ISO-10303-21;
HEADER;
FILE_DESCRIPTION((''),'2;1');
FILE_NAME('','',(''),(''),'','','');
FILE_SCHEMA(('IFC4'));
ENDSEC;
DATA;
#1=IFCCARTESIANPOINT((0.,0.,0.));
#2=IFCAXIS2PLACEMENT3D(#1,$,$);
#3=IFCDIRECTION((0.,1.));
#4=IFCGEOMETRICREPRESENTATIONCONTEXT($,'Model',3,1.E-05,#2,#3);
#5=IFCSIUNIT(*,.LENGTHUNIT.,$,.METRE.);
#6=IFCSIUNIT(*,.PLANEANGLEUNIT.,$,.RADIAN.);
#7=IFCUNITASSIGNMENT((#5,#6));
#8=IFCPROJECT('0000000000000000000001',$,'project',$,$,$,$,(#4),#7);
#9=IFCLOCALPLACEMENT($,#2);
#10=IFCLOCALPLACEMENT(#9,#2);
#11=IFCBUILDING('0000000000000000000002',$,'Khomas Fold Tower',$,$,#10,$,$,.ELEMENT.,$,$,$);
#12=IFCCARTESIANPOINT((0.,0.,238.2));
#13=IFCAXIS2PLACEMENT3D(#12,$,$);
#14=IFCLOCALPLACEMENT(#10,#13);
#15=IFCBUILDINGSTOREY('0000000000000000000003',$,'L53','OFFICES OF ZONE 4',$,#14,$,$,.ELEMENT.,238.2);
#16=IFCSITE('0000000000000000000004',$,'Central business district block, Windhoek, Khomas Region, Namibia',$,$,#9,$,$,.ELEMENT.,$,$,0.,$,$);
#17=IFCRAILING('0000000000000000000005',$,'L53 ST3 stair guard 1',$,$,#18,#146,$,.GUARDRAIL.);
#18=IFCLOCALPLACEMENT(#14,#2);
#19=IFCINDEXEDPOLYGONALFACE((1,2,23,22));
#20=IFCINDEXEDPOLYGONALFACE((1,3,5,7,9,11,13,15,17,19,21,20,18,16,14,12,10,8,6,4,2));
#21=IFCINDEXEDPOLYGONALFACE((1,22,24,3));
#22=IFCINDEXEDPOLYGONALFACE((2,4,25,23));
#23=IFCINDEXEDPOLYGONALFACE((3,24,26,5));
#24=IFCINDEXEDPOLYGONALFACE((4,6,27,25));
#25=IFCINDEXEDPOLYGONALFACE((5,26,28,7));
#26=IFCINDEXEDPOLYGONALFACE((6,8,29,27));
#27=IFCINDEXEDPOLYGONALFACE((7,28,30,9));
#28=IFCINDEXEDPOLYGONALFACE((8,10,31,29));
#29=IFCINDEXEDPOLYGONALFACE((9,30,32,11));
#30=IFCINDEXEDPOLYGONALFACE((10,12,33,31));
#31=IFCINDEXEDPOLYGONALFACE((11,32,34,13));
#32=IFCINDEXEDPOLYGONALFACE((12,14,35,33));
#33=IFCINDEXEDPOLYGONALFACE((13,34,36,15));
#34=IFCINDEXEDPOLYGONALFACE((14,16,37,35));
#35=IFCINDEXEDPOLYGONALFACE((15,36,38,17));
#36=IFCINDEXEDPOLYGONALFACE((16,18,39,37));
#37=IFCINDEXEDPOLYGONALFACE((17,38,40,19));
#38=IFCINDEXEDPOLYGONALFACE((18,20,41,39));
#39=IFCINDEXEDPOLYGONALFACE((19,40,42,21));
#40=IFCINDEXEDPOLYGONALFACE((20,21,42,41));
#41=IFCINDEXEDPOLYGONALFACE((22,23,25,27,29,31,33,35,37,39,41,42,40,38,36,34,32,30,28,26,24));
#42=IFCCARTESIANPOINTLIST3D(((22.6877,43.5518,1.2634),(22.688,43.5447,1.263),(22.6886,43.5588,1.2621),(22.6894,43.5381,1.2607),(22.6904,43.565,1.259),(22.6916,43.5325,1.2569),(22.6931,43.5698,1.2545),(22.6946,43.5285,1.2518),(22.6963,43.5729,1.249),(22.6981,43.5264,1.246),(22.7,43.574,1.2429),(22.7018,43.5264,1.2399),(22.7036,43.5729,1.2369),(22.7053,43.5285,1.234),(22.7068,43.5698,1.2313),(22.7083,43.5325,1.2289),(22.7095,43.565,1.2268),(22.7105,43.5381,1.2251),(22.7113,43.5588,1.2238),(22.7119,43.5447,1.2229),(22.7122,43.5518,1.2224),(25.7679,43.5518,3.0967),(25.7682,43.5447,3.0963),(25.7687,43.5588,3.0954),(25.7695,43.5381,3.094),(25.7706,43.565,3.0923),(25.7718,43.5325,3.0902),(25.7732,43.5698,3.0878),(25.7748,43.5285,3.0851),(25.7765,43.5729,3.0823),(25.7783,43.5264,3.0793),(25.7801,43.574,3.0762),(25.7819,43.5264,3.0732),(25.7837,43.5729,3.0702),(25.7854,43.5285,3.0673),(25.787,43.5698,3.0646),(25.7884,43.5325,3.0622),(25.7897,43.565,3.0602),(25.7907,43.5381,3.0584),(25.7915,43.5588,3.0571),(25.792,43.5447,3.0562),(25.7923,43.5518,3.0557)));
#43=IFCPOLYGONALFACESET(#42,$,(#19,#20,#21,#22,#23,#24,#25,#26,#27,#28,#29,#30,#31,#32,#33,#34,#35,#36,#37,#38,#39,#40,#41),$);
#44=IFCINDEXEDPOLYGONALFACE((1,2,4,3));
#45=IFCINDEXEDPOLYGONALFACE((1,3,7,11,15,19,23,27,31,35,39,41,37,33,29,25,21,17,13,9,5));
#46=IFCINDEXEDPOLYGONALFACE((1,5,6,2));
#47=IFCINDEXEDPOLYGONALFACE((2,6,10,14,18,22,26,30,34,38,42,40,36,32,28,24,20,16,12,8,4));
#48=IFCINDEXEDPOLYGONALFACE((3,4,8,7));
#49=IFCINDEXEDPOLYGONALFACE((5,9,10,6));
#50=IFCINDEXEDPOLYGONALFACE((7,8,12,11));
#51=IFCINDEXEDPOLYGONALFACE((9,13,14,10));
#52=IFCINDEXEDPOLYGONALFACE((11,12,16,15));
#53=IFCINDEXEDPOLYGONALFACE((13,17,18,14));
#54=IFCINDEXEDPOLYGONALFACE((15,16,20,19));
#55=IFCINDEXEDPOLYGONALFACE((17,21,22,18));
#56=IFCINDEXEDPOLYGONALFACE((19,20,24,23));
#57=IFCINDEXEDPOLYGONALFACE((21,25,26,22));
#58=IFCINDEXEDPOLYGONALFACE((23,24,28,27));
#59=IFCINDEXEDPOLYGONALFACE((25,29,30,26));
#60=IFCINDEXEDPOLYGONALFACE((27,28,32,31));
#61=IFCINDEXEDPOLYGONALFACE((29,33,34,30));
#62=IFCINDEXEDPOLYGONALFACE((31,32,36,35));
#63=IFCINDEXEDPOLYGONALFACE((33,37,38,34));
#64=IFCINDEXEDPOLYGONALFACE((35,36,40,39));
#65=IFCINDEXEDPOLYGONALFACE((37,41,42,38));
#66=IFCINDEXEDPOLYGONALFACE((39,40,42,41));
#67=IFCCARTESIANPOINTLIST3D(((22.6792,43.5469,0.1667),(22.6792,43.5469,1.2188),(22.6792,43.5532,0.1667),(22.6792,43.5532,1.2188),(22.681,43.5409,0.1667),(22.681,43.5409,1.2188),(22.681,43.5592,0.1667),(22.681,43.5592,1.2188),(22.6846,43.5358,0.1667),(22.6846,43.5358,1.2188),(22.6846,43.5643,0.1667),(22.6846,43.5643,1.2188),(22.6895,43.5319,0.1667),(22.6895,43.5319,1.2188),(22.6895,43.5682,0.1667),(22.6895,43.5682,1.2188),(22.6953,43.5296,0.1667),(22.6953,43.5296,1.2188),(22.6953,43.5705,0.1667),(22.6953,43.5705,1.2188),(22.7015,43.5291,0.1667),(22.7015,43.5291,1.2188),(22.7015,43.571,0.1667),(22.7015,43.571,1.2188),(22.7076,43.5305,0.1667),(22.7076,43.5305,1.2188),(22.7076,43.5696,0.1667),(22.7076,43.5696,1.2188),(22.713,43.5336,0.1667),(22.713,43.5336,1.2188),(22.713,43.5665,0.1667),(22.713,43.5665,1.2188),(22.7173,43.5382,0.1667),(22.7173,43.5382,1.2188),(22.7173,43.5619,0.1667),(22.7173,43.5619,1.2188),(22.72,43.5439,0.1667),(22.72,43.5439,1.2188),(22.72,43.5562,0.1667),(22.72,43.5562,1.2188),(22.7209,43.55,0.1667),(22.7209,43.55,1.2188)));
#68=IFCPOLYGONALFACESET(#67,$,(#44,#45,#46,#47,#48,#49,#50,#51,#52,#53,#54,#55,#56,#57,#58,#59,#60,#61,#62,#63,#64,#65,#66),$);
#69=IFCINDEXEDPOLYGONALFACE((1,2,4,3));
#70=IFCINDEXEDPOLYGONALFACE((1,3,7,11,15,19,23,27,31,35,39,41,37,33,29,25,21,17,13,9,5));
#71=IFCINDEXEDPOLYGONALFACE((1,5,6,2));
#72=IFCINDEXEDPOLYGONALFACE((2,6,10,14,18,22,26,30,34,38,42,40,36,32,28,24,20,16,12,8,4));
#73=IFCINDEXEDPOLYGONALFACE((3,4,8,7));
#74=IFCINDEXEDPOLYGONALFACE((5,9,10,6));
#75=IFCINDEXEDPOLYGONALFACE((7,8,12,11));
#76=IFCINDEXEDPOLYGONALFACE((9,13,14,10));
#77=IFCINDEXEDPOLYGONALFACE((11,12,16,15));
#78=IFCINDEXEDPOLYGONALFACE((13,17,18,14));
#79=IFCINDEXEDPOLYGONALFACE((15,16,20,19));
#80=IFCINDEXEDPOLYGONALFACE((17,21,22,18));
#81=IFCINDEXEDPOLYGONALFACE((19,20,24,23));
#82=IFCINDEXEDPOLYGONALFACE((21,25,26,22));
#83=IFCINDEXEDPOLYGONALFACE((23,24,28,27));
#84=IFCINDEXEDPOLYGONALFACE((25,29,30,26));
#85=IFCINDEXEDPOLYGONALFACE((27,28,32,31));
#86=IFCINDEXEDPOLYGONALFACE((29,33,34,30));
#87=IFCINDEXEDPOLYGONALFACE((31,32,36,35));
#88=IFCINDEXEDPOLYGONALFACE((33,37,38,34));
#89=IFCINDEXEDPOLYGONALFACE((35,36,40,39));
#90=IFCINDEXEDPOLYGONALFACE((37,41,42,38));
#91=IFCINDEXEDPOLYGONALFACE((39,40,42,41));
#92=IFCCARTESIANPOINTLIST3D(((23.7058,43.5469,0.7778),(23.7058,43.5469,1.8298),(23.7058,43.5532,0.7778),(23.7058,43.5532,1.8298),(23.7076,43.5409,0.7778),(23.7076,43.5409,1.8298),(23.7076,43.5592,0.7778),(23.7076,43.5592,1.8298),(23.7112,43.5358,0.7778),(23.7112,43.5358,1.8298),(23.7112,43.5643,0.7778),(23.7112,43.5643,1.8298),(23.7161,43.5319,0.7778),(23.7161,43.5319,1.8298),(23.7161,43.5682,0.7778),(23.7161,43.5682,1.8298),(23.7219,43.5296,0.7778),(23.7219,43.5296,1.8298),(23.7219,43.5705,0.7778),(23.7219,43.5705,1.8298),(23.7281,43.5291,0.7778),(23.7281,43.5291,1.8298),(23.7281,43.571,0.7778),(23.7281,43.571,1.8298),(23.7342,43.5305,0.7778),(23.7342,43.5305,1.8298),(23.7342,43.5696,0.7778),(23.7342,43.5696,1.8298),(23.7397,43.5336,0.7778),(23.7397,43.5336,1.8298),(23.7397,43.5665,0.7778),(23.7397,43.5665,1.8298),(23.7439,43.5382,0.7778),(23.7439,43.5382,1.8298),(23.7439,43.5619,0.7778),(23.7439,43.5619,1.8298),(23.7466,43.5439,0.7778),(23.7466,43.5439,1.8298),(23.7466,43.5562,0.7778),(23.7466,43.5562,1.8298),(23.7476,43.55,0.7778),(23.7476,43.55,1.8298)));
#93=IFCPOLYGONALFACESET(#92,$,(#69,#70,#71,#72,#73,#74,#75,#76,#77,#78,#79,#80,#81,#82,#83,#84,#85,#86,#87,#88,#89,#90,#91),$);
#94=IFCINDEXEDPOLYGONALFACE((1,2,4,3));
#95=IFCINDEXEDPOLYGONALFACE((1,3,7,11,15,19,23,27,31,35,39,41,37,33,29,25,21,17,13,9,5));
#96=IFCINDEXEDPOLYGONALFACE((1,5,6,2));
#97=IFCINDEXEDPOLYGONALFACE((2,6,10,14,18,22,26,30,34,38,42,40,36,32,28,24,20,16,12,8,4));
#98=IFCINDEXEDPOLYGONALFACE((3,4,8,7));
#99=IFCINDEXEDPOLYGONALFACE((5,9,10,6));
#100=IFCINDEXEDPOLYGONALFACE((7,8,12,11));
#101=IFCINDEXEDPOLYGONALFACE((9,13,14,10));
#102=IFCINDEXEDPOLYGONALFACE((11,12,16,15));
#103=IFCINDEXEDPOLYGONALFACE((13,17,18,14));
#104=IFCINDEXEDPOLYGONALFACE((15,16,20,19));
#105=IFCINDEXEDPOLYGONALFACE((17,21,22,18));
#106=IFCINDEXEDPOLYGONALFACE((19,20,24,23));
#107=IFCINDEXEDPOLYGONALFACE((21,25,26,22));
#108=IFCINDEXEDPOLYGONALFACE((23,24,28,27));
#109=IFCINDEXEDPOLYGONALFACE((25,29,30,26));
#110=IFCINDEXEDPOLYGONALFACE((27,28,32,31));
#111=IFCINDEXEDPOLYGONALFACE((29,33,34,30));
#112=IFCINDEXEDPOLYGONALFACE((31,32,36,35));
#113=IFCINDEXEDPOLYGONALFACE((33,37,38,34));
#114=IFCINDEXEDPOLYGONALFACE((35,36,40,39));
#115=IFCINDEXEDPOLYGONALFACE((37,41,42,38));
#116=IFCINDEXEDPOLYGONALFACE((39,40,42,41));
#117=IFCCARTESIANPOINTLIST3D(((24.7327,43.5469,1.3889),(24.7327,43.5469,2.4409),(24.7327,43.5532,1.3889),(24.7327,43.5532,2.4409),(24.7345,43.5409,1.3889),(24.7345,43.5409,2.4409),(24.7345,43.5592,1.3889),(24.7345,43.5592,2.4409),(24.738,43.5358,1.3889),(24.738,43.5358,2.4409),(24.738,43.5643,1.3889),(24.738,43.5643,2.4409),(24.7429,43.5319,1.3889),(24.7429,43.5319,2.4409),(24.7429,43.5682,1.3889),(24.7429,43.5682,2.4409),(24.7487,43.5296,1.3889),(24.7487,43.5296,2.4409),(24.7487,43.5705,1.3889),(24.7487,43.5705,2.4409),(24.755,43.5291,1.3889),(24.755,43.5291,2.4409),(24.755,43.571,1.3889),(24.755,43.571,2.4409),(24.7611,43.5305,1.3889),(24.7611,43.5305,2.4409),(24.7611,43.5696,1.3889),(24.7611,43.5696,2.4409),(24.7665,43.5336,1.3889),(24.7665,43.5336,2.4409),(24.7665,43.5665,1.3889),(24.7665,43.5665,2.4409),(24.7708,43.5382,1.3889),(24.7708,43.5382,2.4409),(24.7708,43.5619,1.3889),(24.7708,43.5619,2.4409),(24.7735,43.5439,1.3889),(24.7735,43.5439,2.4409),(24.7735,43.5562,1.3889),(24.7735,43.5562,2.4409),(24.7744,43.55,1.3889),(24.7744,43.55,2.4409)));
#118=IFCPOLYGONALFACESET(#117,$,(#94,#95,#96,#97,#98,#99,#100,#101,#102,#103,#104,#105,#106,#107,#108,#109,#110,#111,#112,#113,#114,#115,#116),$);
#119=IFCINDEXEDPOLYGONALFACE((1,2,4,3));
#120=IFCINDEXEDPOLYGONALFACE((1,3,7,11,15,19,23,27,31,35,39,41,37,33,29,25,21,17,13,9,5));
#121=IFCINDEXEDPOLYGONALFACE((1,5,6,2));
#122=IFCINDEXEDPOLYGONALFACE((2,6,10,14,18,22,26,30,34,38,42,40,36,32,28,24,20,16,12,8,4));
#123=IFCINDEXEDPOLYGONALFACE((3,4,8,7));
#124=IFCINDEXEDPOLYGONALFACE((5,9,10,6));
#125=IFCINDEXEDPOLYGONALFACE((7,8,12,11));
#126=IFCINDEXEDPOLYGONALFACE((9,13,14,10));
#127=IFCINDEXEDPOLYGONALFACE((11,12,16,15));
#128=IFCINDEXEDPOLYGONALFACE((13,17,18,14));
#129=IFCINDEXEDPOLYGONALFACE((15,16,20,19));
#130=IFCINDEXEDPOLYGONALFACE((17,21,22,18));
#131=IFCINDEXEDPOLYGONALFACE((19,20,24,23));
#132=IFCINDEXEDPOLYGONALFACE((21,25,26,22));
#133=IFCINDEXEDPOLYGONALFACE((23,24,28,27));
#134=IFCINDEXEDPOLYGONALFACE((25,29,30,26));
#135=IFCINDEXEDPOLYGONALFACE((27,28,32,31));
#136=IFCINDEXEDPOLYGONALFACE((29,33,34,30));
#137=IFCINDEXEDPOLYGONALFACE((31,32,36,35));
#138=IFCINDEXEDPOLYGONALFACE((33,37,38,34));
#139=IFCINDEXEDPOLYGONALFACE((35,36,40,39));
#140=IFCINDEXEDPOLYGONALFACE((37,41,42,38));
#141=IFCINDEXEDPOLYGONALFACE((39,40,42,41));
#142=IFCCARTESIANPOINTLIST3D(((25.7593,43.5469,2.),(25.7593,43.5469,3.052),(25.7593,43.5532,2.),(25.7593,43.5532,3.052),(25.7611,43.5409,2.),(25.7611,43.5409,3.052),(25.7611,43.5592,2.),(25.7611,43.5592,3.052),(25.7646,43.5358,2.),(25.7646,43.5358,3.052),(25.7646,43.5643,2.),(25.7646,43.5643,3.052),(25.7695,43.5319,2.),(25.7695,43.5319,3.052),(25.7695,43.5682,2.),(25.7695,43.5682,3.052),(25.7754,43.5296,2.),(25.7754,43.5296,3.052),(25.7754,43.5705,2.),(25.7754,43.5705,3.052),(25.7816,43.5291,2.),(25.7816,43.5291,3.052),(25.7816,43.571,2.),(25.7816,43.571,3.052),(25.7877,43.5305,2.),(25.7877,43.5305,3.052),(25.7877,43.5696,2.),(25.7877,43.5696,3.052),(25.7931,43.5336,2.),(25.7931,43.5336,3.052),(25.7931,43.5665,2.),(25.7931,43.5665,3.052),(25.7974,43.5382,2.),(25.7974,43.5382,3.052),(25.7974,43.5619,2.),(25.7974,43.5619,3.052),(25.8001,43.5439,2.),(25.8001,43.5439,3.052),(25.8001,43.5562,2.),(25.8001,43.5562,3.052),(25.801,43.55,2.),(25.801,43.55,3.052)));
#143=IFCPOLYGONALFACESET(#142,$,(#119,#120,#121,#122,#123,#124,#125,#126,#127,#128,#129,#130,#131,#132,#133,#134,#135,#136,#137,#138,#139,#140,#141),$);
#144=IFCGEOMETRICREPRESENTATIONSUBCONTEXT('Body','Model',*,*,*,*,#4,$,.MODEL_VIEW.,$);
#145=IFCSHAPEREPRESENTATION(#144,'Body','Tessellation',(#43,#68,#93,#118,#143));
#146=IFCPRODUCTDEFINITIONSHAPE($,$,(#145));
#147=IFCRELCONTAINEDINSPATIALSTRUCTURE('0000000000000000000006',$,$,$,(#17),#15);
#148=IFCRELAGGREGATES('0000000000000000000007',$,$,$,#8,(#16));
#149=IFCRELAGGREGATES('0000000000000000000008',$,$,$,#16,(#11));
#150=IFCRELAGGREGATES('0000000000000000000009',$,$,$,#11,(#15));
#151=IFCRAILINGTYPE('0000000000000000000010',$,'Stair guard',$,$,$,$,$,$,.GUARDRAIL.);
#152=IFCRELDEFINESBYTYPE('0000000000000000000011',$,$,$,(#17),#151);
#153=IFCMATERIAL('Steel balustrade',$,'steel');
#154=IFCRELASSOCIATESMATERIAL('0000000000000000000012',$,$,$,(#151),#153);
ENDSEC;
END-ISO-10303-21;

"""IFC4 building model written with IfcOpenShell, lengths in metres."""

from ifc_helpers import new_model, si_unit, direction, frame, origin, origin_2d, place, context, subcontext, project, spatial, circle, extrude, source, transform, mapped, material, type_object, element, save


model = new_model("IFC4")

# Units and contexts
model_context = context("Model", 3, precision=1e-05, world=origin(), true_north=direction((0.0, 1.0)))
body_context = subcontext(model_context, "Body", "Model", "MODEL_VIEW")
ifc_project = project(units=[si_unit("LENGTHUNIT", "METRE"), si_unit("PLANEANGLEUNIT", "RADIAN")], contexts=[model_context])

# Site, building, storey
site_placement = place(None, origin())
site = spatial("IfcSite", under=ifc_project, at=site_placement, Name="Central business district block, Windhoek, Khomas Region, Namibia", CompositionType="ELEMENT", RefElevation=0.0)
building_placement = place(site_placement, origin())
building = spatial("IfcBuilding", under=site, at=building_placement, Name="Khomas Fold Tower", CompositionType="ELEMENT")
storey_placement = place(building_placement, frame((0.0, 0.0, 238.2)))
storey = spatial("IfcBuildingStorey", under=building, at=storey_placement, Name="L53", Description="OFFICES OF ZONE 4", CompositionType="ELEMENT", Elevation=238.2)

# Railing
ifc_material_1 = material(Name="Steel balustrade", Category="steel")
railing_type_1 = type_object("IfcRailingType", Name="Stair guard", PredefinedType="GUARDRAIL", material=ifc_material_1)
shared_shape_1 = source(origin(), body_context, "Body", "SweptSolid", [
    extrude(circle(Radius=0.0239, at=origin_2d()), frame((0.0, 0.0, 1.0762), z_axis=(0.859309, 0.0, 0.511458), x_axis=(0.0, 1.0, 0.0)), (0.0, 0.0, 1.0), 3.5845),
    extrude(circle(Radius=0.021, at=origin_2d()), origin(), (0.0, 0.0, 1.0), 1.052),
    extrude(circle(Radius=0.021, at=origin_2d()), frame((1.0266, 0.0, 0.6111)), (0.0, 0.0, 1.0), 1.052),
    extrude(circle(Radius=0.021, at=origin_2d()), frame((2.0535, 0.0, 1.2222)), (0.0, 0.0, 1.0), 1.052),
    extrude(circle(Radius=0.021, at=origin_2d()), frame((3.0801, 0.0, 1.8333)), (0.0, 0.0, 1.0), 1.052),
])
railing_1_placement = place(storey_placement, frame((22.7, 43.55, 0.1667)))
element("IfcRailing", 1, at=railing_1_placement, inside=storey, type_object=railing_type_1, Name="L53 ST3 stair guard 1", PredefinedType="GUARDRAIL", context=body_context, shape_type="MappedRepresentation", body=[
    mapped(shared_shape_1, transform((0.0, 0.0, 0.0))),
])

save(model, "model.ifc")
